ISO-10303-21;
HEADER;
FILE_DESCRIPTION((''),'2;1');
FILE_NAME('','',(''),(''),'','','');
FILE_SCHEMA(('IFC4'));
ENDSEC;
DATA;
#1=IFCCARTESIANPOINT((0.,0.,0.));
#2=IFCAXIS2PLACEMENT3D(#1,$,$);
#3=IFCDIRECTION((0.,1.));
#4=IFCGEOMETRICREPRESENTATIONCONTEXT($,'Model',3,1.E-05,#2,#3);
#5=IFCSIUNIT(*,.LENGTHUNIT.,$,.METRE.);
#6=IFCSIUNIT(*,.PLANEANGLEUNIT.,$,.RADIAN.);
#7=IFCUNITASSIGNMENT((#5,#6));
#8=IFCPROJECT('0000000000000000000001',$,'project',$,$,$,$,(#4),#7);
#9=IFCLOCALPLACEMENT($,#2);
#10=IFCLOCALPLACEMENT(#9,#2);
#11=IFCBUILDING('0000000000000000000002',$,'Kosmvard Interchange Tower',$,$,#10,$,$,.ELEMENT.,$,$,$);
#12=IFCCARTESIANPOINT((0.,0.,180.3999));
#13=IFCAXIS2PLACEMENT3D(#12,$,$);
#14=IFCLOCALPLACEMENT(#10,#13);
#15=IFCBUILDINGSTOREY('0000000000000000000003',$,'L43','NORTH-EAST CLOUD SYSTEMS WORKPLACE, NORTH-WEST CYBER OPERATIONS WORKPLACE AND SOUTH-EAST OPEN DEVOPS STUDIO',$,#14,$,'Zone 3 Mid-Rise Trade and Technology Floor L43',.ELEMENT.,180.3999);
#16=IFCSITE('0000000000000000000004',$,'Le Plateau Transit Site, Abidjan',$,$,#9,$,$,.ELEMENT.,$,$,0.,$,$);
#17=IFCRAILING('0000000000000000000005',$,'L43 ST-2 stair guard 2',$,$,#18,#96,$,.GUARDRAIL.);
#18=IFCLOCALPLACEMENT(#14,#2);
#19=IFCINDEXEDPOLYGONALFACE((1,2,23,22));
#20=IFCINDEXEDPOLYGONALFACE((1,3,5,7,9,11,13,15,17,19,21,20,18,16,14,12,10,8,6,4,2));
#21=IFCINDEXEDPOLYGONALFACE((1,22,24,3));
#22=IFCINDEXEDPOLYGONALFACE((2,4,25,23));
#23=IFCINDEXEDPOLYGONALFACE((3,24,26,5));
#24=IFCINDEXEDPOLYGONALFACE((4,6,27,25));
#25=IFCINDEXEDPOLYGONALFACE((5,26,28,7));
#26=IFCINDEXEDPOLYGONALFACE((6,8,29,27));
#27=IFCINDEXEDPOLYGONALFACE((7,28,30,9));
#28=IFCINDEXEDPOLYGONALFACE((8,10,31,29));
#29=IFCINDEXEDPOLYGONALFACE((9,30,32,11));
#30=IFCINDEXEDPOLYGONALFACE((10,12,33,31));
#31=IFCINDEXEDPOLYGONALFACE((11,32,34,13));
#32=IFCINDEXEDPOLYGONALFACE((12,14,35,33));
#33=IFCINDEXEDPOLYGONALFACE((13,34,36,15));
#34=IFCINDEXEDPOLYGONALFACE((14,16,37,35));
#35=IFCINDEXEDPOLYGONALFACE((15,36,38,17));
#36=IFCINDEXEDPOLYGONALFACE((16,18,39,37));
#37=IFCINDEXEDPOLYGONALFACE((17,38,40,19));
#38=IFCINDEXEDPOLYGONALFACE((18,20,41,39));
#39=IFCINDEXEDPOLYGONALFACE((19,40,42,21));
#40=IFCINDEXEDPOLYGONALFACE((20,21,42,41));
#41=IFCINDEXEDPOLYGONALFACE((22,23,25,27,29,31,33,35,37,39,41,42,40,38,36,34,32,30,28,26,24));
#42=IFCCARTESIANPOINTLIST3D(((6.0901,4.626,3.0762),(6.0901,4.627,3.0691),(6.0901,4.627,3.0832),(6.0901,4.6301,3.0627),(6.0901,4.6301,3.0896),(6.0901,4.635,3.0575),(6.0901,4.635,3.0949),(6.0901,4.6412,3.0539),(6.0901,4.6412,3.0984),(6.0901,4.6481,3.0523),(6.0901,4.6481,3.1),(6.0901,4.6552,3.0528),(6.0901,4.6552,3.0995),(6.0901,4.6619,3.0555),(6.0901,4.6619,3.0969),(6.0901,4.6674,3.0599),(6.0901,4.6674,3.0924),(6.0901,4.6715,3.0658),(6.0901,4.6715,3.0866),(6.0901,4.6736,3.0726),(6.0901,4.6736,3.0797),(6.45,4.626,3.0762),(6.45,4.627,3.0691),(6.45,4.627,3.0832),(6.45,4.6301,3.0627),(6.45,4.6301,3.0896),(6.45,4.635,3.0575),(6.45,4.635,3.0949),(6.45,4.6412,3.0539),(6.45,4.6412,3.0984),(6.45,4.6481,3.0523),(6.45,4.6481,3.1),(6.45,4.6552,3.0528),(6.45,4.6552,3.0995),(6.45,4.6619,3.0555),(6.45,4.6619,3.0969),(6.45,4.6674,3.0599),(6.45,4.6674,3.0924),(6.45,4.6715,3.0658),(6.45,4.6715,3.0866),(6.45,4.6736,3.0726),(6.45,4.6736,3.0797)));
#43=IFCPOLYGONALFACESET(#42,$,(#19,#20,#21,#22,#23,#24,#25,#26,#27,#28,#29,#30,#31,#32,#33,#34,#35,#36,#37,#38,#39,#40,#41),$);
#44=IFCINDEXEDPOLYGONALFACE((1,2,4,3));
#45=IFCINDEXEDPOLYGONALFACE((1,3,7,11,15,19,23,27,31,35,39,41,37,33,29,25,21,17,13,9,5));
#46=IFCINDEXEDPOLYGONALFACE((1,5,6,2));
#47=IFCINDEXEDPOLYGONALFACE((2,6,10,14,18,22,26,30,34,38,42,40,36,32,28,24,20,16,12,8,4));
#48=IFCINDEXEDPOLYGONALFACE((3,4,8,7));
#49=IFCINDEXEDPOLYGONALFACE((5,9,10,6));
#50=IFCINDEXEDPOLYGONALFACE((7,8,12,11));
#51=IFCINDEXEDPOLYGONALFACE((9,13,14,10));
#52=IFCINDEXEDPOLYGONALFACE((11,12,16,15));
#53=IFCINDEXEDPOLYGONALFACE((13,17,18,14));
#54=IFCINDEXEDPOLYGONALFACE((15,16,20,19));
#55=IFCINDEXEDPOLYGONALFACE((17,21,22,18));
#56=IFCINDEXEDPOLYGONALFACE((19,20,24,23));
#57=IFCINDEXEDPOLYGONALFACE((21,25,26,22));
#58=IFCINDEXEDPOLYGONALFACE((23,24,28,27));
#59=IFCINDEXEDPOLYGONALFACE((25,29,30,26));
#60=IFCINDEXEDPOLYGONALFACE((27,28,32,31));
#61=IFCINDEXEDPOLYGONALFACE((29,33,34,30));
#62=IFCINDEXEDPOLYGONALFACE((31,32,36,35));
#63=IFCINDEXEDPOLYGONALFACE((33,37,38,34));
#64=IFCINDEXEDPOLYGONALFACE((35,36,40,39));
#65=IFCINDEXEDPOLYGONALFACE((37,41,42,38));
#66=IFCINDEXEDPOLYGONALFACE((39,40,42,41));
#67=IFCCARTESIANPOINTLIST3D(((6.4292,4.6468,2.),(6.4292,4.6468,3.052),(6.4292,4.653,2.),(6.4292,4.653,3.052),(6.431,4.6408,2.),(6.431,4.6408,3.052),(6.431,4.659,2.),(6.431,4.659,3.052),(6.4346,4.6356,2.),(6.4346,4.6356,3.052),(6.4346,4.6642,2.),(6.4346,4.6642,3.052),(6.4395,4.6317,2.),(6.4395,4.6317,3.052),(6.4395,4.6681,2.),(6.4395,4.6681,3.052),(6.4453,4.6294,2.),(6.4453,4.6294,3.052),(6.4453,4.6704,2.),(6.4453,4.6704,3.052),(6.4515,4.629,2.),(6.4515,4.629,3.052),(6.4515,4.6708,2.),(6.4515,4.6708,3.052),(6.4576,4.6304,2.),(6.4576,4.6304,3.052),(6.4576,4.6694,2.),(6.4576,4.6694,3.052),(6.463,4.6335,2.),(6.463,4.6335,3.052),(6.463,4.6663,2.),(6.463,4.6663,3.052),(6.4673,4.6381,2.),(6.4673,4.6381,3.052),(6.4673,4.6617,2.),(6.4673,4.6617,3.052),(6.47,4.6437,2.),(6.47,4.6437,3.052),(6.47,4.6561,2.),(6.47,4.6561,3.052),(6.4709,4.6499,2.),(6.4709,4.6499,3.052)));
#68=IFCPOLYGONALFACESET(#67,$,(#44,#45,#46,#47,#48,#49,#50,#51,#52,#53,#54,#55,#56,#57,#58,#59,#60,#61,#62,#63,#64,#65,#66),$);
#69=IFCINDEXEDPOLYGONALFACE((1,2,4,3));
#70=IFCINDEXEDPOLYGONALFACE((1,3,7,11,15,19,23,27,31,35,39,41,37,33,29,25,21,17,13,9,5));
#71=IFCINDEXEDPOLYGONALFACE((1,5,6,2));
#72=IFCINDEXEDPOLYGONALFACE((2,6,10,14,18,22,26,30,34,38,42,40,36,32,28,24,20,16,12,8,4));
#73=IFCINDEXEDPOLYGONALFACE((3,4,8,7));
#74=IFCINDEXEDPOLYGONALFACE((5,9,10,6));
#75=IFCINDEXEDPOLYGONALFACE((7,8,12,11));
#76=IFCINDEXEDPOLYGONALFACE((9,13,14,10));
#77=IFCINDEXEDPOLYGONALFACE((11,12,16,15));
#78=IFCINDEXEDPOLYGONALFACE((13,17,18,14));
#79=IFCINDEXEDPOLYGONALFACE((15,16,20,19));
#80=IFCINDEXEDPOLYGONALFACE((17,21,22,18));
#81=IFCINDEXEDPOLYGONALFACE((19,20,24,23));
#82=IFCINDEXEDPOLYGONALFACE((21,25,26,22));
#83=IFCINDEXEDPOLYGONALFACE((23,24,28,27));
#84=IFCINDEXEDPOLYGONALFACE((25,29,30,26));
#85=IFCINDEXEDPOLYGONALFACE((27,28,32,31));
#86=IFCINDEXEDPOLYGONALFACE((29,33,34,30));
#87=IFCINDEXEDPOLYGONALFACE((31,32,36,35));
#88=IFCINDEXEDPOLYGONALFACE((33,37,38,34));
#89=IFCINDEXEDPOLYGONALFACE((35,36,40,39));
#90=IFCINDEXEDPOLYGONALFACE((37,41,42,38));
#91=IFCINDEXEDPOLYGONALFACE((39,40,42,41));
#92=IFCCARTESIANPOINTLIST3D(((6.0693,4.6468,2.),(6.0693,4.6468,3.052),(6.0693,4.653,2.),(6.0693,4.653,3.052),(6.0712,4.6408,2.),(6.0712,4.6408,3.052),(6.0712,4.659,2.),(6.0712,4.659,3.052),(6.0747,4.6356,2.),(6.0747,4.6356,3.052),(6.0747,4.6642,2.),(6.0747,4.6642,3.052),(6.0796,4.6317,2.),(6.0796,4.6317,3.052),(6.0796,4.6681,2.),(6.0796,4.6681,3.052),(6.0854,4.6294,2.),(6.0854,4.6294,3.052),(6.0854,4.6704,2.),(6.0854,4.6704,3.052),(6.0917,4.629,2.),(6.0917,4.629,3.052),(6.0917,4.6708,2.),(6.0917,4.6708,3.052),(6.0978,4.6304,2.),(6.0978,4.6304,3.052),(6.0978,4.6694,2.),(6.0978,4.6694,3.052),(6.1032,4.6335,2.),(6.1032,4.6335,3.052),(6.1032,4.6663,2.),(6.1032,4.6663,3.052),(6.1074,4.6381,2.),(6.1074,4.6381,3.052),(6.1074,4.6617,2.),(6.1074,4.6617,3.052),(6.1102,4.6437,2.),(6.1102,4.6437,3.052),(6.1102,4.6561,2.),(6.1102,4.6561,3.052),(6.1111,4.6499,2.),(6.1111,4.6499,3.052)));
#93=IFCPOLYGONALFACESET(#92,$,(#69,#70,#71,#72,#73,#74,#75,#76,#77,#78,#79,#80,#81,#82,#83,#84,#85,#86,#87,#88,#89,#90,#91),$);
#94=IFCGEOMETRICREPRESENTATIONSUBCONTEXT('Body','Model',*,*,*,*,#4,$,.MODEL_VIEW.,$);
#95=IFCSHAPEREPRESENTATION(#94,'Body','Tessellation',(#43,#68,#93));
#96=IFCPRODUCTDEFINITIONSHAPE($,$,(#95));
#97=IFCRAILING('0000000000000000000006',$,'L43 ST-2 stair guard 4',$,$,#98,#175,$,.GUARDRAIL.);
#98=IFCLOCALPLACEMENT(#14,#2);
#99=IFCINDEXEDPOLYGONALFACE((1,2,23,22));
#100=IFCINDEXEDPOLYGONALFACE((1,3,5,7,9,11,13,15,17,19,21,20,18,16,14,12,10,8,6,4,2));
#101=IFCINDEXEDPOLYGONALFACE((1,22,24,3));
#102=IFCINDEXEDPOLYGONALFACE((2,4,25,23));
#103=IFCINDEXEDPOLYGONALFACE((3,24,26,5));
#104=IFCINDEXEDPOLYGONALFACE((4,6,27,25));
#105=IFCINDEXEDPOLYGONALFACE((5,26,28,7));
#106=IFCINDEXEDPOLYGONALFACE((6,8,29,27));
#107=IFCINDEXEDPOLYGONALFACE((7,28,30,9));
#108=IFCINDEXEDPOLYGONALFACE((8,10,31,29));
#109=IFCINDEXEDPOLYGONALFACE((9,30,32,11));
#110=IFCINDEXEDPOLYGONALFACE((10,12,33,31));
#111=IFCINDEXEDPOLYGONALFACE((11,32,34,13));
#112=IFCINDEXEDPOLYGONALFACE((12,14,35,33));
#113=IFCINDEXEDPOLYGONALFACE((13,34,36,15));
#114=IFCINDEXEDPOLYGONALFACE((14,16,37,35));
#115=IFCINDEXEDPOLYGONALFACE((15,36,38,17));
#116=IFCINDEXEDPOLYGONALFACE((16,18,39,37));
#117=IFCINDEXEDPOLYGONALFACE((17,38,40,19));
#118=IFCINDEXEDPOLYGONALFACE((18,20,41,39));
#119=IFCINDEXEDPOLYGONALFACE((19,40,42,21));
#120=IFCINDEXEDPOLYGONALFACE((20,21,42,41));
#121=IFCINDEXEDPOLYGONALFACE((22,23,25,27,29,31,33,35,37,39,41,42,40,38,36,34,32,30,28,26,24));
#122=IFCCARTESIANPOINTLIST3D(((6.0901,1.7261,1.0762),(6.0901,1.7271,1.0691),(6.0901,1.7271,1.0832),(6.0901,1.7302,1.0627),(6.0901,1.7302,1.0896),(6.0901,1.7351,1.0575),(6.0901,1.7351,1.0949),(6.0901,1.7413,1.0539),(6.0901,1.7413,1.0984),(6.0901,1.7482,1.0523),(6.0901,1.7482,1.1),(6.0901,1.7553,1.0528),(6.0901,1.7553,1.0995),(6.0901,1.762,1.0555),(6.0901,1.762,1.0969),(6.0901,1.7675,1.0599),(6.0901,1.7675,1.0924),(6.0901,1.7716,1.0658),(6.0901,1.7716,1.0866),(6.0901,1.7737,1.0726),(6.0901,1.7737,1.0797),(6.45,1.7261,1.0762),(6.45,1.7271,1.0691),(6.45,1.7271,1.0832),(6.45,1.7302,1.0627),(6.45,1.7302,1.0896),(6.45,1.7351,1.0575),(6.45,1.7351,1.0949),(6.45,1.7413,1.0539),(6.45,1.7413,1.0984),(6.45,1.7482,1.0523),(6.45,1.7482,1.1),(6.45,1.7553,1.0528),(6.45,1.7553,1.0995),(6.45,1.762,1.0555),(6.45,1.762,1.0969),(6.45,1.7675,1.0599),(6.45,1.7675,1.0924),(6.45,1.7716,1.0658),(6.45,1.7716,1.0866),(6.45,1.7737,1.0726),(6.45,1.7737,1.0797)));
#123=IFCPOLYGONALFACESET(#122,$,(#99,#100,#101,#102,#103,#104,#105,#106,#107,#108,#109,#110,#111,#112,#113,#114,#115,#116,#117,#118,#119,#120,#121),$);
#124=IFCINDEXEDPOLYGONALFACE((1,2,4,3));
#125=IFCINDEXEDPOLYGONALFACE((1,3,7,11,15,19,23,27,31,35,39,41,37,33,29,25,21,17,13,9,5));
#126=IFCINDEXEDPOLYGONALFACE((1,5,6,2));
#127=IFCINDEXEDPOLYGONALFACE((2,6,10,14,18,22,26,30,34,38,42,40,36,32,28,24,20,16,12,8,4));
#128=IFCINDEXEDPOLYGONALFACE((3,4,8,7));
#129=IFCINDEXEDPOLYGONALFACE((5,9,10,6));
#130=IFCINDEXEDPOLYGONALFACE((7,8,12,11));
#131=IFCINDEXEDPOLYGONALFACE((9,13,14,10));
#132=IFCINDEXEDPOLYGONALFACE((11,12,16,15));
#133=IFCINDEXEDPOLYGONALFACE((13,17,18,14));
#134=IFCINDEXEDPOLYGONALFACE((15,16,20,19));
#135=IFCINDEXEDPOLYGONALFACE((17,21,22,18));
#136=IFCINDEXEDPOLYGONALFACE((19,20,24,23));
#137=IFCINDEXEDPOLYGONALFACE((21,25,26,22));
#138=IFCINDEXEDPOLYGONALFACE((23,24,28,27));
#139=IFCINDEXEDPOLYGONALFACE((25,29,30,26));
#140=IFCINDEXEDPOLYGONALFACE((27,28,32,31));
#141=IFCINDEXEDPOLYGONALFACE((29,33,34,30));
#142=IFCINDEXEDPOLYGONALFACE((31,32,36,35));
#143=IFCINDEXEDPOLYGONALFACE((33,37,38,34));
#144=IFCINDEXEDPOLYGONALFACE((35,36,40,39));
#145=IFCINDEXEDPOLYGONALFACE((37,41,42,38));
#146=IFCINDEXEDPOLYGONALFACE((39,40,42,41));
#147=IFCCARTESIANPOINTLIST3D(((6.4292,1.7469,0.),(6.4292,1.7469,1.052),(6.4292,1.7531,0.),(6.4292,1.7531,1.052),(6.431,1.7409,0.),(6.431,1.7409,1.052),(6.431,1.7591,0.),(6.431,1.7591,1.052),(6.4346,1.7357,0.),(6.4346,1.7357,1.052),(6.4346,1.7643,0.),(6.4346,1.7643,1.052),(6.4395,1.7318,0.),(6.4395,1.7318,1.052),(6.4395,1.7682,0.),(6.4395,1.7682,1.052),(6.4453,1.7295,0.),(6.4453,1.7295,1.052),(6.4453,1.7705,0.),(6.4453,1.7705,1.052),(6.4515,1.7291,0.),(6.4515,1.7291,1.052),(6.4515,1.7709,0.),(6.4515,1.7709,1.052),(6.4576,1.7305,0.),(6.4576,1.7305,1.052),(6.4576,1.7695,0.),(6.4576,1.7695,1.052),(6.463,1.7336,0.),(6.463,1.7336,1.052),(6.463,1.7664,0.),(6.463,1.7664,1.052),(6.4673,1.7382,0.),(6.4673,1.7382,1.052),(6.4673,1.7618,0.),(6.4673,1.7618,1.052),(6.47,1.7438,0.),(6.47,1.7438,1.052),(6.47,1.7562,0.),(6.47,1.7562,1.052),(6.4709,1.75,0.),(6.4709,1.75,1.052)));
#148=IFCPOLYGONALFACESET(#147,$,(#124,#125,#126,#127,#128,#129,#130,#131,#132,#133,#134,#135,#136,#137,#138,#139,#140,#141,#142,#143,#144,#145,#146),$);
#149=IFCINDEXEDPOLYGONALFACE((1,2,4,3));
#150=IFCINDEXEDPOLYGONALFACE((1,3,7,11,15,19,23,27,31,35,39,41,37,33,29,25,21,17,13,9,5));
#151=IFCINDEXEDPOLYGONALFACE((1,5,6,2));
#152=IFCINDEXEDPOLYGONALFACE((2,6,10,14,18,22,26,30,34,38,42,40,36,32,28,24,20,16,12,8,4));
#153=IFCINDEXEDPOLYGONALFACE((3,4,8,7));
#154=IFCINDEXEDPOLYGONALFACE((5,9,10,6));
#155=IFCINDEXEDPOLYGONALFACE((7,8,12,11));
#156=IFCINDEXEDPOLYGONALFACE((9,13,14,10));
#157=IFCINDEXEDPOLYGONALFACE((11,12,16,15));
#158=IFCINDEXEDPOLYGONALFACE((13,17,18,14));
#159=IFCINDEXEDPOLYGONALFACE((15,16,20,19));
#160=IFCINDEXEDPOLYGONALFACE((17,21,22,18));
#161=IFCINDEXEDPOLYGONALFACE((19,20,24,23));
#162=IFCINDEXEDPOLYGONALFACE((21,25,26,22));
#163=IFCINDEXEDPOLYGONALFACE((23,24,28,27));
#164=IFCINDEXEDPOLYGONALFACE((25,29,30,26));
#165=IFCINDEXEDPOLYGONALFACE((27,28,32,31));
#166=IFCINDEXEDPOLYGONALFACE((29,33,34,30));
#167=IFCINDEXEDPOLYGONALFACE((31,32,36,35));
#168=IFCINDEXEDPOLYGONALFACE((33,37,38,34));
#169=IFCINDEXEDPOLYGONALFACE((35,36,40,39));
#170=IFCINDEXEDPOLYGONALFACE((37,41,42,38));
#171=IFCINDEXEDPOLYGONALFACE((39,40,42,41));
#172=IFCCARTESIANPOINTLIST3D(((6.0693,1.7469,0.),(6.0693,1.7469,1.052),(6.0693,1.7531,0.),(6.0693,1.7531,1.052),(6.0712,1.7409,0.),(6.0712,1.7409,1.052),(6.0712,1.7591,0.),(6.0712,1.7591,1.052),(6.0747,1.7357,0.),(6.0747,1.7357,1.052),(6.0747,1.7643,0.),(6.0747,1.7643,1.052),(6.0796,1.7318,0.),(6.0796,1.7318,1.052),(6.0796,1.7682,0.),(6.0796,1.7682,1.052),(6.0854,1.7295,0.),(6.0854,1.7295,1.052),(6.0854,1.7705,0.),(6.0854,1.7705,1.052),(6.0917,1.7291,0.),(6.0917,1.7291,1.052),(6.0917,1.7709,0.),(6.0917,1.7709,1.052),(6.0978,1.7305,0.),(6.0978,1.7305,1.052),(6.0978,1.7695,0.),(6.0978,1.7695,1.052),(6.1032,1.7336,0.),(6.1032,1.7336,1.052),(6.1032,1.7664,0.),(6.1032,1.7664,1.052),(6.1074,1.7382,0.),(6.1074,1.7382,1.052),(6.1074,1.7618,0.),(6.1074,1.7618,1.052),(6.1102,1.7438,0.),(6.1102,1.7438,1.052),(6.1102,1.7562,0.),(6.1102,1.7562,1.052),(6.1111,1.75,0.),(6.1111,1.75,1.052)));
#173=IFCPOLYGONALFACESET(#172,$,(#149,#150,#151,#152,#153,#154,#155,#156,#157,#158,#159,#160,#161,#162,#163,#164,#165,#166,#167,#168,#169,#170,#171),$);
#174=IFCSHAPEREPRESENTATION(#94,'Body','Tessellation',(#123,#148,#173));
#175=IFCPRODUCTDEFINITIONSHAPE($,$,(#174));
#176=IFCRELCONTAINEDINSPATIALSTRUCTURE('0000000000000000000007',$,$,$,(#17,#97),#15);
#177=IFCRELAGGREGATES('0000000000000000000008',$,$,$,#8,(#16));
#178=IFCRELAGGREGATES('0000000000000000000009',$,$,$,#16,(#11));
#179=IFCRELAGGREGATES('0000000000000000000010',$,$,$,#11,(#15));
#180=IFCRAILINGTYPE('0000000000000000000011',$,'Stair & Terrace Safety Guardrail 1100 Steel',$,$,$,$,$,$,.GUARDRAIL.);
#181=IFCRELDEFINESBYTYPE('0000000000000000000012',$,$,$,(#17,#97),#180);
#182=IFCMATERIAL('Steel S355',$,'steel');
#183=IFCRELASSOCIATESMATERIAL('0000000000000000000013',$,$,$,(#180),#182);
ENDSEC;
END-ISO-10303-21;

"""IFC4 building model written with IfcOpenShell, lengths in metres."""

from ifc_helpers import new_model, si_unit, direction, frame, origin, origin_2d, place, context, subcontext, project, spatial, circle, extrude, source, transform, mapped, material, type_object, element, save


model = new_model("IFC4")

# Units and contexts
model_context = context("Model", 3, precision=1e-05, world=origin(), true_north=direction((0.0, 1.0)))
body_context = subcontext(model_context, "Body", "Model", "MODEL_VIEW")
ifc_project = project(units=[si_unit("LENGTHUNIT", "METRE"), si_unit("PLANEANGLEUNIT", "RADIAN")], contexts=[model_context])

# Site, building, storey
site_placement = place(None, origin())
site = spatial("IfcSite", under=ifc_project, at=site_placement, Name="Le Plateau Transit Site, Abidjan", CompositionType="ELEMENT", RefElevation=0.0)
building_placement = place(site_placement, origin())
building = spatial("IfcBuilding", under=site, at=building_placement, Name="Kosmvard Interchange Tower", CompositionType="ELEMENT")
storey_placement = place(building_placement, frame((0.0, 0.0, 180.3999)))
storey = spatial("IfcBuildingStorey", under=building, at=storey_placement, Name="L43", Description="NORTH-EAST CLOUD SYSTEMS WORKPLACE, NORTH-WEST CYBER OPERATIONS WORKPLACE AND SOUTH-EAST OPEN DEVOPS STUDIO", LongName="Zone 3 Mid-Rise Trade and Technology Floor L43", CompositionType="ELEMENT", Elevation=180.3999)

# Shared definitions
ifc_material_1 = material(Name="Steel S355", Category="steel")

# Railings
railing_type_1 = type_object("IfcRailingType", Name="Stair & Terrace Safety Guardrail 1100 Steel", PredefinedType="GUARDRAIL", material=ifc_material_1)
shared_shape_1 = source(origin(), body_context, "Body", "SweptSolid", [
    extrude(circle(Radius=0.0239, at=origin_2d()), frame((0.0, 0.0, 1.0762), z_axis=(-1.0, 0.0, 0.0), x_axis=(0.0, -1.0, 0.0)), (0.0, 0.0, 1.0), 0.3599),
    extrude(circle(Radius=0.021, at=origin_2d()), origin(), (0.0, 0.0, 1.0), 1.052),
    extrude(circle(Radius=0.021, at=origin_2d()), frame((-0.3599, 0.0, 0.0)), (0.0, 0.0, 1.0), 1.052),
])
for number, where, name in (
    (1, (6.45, 4.6499, 2.0), "L43 ST-2 stair guard 2"),
    (2, (6.45, 1.75, 0.0), "L43 ST-2 stair guard 4"),
):
    element("IfcRailing", number, at=place(storey_placement, frame(where)), inside=storey, type_object=railing_type_1, Name=name, PredefinedType="GUARDRAIL", context=body_context, shape_type="MappedRepresentation", body=[
        mapped(shared_shape_1, transform((0.0, 0.0, 0.0), scale=1.0)),
    ])

save(model, "model.ifc")
